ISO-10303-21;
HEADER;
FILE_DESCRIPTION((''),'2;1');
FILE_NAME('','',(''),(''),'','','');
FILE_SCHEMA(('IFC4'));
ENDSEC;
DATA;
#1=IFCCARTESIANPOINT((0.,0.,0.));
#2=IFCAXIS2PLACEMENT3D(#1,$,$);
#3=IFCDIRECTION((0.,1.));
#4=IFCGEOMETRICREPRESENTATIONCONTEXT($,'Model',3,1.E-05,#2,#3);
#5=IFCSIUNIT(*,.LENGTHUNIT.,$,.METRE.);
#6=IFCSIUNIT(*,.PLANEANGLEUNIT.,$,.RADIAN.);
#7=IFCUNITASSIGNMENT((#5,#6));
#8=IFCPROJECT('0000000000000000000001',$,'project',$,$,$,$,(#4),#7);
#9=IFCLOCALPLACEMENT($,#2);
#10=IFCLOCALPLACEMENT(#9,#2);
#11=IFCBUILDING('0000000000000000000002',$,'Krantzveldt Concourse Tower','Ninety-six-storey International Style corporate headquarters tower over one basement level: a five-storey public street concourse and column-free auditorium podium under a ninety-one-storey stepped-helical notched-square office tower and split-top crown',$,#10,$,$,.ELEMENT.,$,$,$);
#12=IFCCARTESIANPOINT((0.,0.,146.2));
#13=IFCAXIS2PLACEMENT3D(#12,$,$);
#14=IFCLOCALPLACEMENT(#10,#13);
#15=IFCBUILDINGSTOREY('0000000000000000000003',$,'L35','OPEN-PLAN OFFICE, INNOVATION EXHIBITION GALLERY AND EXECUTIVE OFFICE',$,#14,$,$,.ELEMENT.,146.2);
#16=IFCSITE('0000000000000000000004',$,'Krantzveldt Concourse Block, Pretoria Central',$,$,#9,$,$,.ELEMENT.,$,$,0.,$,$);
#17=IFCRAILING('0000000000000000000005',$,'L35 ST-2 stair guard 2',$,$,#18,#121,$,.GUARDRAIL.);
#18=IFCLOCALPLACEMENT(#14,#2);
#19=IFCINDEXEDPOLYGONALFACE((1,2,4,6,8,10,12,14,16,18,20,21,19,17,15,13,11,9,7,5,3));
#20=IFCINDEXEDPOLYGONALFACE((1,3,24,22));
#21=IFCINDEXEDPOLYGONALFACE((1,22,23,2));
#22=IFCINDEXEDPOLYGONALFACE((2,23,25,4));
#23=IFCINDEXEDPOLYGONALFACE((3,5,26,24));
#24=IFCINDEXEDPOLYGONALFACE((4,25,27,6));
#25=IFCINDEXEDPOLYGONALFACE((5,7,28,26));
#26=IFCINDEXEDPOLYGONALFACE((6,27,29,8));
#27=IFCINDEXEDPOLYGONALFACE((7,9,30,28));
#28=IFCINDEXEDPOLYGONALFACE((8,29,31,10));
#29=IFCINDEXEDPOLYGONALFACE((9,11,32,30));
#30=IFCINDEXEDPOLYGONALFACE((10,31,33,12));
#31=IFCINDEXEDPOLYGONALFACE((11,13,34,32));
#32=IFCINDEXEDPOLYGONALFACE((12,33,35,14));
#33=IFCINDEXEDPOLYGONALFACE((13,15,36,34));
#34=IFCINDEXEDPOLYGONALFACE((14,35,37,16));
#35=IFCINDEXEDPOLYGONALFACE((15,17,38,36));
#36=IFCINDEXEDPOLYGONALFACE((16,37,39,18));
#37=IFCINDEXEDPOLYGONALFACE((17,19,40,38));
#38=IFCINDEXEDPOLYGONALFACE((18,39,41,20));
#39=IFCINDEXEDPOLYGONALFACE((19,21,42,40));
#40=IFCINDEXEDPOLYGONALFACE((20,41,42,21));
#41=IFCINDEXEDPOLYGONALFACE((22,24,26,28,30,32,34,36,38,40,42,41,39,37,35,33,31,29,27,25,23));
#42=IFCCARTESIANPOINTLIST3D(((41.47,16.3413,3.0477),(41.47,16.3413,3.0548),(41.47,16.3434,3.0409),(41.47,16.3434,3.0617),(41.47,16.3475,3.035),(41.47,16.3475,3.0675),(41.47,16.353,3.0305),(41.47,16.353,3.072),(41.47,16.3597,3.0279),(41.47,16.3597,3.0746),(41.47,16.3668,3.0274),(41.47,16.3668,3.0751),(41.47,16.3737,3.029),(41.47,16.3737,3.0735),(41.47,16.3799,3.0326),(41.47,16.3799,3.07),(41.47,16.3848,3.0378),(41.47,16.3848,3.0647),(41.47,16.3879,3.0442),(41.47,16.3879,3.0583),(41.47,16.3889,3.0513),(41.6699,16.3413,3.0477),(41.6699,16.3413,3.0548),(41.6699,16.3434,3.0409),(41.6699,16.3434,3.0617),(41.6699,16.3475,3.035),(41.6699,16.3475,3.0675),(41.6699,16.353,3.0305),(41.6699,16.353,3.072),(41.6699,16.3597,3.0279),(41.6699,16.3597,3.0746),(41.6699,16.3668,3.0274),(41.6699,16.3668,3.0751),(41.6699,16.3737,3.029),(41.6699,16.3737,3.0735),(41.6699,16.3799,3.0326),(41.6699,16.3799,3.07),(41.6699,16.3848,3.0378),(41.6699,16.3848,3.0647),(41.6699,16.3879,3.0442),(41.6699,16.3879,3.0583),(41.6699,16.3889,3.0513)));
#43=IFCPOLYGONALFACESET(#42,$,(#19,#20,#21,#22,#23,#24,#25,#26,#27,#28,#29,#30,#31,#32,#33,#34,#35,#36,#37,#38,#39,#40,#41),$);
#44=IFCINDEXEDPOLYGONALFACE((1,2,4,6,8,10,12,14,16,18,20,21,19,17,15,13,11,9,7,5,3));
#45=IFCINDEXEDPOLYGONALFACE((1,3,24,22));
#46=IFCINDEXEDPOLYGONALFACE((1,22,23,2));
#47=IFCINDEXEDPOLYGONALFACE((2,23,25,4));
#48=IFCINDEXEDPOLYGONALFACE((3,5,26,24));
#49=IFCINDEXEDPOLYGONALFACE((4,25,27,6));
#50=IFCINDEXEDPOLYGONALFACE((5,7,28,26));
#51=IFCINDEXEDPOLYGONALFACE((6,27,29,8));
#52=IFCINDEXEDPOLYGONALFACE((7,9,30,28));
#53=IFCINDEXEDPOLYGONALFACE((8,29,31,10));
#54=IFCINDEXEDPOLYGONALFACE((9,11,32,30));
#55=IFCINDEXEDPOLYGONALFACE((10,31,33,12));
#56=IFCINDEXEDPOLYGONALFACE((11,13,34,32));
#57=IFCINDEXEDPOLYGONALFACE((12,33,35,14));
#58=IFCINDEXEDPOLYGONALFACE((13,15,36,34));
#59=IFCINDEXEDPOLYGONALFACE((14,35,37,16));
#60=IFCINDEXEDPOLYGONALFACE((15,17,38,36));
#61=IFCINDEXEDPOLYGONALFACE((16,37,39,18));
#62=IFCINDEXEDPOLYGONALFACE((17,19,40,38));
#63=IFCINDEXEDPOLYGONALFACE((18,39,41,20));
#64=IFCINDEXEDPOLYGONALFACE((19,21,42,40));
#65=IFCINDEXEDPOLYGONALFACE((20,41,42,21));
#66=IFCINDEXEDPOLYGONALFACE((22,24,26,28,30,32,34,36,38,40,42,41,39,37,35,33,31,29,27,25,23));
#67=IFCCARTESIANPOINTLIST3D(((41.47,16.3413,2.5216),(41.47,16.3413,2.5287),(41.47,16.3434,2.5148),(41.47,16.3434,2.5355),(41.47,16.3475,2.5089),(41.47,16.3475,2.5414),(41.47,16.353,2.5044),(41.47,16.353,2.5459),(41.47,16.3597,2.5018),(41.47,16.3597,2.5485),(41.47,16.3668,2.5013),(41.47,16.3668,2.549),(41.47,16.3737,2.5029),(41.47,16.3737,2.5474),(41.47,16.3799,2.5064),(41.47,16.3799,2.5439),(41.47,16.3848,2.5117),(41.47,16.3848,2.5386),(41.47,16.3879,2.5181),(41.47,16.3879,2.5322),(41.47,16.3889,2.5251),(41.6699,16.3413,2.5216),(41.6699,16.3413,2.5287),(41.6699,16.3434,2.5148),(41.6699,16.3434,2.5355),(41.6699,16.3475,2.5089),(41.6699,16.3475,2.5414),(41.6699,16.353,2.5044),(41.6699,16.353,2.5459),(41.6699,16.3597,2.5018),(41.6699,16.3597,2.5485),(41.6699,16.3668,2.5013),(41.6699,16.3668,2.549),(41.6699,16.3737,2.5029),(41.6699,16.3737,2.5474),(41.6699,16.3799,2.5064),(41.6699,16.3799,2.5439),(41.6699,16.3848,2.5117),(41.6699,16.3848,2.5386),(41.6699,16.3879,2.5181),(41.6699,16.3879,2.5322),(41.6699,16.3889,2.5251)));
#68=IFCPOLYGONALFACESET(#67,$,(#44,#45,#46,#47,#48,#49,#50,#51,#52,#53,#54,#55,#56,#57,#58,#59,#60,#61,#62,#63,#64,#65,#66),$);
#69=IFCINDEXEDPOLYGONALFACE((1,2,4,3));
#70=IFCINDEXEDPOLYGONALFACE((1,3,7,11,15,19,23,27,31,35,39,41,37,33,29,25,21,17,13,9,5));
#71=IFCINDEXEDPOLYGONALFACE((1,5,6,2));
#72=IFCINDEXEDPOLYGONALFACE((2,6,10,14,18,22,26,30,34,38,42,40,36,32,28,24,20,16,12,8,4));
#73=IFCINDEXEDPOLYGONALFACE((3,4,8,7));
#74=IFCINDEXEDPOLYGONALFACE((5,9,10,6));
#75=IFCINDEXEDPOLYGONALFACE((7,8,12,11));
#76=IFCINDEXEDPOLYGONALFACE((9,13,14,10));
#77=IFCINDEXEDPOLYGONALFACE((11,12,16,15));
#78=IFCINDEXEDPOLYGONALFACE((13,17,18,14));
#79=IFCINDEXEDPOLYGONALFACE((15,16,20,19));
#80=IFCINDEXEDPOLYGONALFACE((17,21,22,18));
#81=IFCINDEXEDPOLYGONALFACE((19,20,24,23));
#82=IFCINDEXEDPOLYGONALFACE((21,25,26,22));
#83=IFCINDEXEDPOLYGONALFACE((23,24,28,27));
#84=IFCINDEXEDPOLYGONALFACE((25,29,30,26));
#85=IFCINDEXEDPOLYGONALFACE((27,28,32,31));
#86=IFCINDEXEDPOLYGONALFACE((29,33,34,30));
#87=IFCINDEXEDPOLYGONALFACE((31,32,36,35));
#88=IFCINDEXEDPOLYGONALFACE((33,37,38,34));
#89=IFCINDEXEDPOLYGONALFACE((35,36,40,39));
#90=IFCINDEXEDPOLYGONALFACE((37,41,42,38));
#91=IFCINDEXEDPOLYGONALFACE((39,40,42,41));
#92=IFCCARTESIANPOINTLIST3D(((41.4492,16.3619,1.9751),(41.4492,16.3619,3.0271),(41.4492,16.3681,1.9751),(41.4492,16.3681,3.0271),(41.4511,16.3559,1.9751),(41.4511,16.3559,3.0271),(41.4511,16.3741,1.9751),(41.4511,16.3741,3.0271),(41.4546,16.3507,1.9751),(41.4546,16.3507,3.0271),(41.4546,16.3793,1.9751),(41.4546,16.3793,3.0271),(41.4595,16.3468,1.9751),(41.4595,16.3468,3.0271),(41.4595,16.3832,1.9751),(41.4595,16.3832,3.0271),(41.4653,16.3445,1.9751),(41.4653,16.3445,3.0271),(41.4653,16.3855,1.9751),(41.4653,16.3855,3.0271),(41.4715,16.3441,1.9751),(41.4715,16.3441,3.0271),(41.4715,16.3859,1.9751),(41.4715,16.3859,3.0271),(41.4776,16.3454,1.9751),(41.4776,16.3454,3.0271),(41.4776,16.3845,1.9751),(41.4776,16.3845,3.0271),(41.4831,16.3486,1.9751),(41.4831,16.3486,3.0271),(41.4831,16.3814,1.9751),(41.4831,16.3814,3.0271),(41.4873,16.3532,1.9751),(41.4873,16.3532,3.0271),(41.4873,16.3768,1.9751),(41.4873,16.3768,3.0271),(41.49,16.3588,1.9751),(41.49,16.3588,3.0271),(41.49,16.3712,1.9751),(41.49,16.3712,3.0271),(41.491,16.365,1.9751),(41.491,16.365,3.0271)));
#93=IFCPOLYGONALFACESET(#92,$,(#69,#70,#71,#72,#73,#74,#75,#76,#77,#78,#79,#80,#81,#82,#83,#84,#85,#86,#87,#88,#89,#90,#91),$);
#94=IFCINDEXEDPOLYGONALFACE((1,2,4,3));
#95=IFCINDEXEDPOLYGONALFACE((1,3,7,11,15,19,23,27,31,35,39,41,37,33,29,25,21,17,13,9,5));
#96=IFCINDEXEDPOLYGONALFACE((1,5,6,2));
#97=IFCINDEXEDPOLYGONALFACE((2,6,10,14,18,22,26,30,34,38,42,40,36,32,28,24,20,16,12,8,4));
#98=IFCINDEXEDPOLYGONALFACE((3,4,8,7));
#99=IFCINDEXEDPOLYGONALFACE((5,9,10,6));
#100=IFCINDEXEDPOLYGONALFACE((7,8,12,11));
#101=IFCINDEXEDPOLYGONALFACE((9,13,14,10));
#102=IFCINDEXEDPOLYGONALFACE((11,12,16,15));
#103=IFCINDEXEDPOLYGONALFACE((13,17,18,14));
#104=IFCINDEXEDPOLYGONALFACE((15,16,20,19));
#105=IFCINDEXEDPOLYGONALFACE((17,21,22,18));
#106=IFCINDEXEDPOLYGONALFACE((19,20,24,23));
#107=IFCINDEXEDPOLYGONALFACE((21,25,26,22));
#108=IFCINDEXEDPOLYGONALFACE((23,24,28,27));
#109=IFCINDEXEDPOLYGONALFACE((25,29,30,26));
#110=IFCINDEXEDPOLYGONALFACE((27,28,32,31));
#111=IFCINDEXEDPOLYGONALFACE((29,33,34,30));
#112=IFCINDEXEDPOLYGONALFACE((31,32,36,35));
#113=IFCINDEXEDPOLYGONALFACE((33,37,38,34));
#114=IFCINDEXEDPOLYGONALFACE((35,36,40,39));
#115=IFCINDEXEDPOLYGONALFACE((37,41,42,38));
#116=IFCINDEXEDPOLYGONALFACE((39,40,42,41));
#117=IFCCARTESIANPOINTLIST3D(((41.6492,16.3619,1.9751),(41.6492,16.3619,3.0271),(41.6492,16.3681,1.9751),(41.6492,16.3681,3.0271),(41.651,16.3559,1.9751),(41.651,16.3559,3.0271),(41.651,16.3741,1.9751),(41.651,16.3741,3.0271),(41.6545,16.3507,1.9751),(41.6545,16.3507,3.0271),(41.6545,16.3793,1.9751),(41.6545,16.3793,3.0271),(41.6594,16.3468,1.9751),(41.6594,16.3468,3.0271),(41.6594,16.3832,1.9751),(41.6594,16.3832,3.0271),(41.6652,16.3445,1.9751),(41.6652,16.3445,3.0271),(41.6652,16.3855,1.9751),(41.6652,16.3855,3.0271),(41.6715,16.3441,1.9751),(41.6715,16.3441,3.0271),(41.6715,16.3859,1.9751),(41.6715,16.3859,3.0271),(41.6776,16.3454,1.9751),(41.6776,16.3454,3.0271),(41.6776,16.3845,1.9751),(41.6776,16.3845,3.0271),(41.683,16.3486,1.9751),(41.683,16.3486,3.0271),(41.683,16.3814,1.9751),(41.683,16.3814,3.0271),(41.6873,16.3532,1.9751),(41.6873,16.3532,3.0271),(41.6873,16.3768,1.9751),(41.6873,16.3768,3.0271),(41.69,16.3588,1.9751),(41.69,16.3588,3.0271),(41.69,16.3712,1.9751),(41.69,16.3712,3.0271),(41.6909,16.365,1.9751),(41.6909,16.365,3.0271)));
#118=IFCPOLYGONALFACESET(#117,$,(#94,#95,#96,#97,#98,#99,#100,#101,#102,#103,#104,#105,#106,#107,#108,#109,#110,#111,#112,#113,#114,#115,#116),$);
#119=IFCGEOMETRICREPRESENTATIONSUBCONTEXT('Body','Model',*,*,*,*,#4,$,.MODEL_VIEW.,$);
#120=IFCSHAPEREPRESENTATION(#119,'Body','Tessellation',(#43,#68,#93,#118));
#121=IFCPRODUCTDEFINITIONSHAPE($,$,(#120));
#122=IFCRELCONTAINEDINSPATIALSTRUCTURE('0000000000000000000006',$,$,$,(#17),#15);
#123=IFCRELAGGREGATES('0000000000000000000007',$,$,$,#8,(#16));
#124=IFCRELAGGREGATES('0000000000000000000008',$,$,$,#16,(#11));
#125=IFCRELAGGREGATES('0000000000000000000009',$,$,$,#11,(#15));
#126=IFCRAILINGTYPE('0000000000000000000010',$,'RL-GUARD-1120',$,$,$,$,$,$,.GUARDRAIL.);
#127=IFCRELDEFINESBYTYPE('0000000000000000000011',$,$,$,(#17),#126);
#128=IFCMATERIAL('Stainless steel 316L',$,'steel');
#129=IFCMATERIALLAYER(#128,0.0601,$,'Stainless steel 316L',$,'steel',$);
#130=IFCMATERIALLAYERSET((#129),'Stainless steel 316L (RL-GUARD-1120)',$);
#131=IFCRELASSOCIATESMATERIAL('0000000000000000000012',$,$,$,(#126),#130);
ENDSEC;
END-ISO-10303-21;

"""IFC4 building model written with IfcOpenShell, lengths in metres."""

from ifc_helpers import new_model, si_unit, direction, frame, origin, origin_2d, place, context, subcontext, project, spatial, circle, extrude, material, layer, layer_set, type_object, element, save


model = new_model("IFC4")

# Units and contexts
model_context = context("Model", 3, precision=1e-05, world=origin(), true_north=direction((0.0, 1.0)))
body_context = subcontext(model_context, "Body", "Model", "MODEL_VIEW")
ifc_project = project(units=[si_unit("LENGTHUNIT", "METRE"), si_unit("PLANEANGLEUNIT", "RADIAN")], contexts=[model_context])

# Site, building, storey
site_placement = place(None, origin())
site = spatial("IfcSite", under=ifc_project, at=site_placement, Name="Krantzveldt Concourse Block, Pretoria Central", CompositionType="ELEMENT", RefElevation=0.0)
building_placement = place(site_placement, origin())
building = spatial("IfcBuilding", under=site, at=building_placement, Name="Krantzveldt Concourse Tower", Description="Ninety-six-storey International Style corporate headquarters tower over one basement level: a five-storey public street concourse and column-free auditorium podium under a ninety-one-storey stepped-helical notched-square office tower and split-top crown", CompositionType="ELEMENT")
storey_placement = place(building_placement, frame((0.0, 0.0, 146.2)))
storey = spatial("IfcBuildingStorey", under=building, at=storey_placement, Name="L35", Description="OPEN-PLAN OFFICE, INNOVATION EXHIBITION GALLERY AND EXECUTIVE OFFICE", CompositionType="ELEMENT", Elevation=146.2)

# Shared definitions
ifc_material_1 = material(Name="Stainless steel 316L", Category="steel")

# Railing
ifc_layer_1 = layer(ifc_material_1, 0.0601, Name="Stainless steel 316L", Category="steel")
ifc_layer_set_1 = layer_set([ifc_layer_1], Name="Stainless steel 316L (RL-GUARD-1120)")
railing_type_1 = type_object("IfcRailingType", Name="RL-GUARD-1120", PredefinedType="GUARDRAIL", material=ifc_layer_set_1)
railing_1_placement = place(storey_placement, frame((41.47, 16.365, 1.9751)))
element("IfcRailing", 1, at=railing_1_placement, inside=storey, type_object=railing_type_1, Name="L35 ST-2 stair guard 2", PredefinedType="GUARDRAIL", context=body_context, shape_type="SweptSolid", body=[
    extrude(circle(Radius=0.0239, at=origin_2d()), frame((0.0, 0.0, 1.0762), z_axis=(1.0, 0.0, 0.0), x_axis=(0.0, 1.0, 0.0)), (0.0, 0.0, 1.0), 0.2),
    extrude(circle(Radius=0.0239, at=origin_2d()), frame((0.0, 0.0, 0.55), z_axis=(1.0, 0.0, 0.0), x_axis=(0.0, 1.0, 0.0)), (0.0, 0.0, 1.0), 0.2),
    extrude(circle(Radius=0.021, at=origin_2d()), origin(), (0.0, 0.0, 1.0), 1.052),
    extrude(circle(Radius=0.021, at=origin_2d()), frame((0.2, 0.0, 0.0)), (0.0, 0.0, 1.0), 1.052),
])

save(model, "model.ifc")
